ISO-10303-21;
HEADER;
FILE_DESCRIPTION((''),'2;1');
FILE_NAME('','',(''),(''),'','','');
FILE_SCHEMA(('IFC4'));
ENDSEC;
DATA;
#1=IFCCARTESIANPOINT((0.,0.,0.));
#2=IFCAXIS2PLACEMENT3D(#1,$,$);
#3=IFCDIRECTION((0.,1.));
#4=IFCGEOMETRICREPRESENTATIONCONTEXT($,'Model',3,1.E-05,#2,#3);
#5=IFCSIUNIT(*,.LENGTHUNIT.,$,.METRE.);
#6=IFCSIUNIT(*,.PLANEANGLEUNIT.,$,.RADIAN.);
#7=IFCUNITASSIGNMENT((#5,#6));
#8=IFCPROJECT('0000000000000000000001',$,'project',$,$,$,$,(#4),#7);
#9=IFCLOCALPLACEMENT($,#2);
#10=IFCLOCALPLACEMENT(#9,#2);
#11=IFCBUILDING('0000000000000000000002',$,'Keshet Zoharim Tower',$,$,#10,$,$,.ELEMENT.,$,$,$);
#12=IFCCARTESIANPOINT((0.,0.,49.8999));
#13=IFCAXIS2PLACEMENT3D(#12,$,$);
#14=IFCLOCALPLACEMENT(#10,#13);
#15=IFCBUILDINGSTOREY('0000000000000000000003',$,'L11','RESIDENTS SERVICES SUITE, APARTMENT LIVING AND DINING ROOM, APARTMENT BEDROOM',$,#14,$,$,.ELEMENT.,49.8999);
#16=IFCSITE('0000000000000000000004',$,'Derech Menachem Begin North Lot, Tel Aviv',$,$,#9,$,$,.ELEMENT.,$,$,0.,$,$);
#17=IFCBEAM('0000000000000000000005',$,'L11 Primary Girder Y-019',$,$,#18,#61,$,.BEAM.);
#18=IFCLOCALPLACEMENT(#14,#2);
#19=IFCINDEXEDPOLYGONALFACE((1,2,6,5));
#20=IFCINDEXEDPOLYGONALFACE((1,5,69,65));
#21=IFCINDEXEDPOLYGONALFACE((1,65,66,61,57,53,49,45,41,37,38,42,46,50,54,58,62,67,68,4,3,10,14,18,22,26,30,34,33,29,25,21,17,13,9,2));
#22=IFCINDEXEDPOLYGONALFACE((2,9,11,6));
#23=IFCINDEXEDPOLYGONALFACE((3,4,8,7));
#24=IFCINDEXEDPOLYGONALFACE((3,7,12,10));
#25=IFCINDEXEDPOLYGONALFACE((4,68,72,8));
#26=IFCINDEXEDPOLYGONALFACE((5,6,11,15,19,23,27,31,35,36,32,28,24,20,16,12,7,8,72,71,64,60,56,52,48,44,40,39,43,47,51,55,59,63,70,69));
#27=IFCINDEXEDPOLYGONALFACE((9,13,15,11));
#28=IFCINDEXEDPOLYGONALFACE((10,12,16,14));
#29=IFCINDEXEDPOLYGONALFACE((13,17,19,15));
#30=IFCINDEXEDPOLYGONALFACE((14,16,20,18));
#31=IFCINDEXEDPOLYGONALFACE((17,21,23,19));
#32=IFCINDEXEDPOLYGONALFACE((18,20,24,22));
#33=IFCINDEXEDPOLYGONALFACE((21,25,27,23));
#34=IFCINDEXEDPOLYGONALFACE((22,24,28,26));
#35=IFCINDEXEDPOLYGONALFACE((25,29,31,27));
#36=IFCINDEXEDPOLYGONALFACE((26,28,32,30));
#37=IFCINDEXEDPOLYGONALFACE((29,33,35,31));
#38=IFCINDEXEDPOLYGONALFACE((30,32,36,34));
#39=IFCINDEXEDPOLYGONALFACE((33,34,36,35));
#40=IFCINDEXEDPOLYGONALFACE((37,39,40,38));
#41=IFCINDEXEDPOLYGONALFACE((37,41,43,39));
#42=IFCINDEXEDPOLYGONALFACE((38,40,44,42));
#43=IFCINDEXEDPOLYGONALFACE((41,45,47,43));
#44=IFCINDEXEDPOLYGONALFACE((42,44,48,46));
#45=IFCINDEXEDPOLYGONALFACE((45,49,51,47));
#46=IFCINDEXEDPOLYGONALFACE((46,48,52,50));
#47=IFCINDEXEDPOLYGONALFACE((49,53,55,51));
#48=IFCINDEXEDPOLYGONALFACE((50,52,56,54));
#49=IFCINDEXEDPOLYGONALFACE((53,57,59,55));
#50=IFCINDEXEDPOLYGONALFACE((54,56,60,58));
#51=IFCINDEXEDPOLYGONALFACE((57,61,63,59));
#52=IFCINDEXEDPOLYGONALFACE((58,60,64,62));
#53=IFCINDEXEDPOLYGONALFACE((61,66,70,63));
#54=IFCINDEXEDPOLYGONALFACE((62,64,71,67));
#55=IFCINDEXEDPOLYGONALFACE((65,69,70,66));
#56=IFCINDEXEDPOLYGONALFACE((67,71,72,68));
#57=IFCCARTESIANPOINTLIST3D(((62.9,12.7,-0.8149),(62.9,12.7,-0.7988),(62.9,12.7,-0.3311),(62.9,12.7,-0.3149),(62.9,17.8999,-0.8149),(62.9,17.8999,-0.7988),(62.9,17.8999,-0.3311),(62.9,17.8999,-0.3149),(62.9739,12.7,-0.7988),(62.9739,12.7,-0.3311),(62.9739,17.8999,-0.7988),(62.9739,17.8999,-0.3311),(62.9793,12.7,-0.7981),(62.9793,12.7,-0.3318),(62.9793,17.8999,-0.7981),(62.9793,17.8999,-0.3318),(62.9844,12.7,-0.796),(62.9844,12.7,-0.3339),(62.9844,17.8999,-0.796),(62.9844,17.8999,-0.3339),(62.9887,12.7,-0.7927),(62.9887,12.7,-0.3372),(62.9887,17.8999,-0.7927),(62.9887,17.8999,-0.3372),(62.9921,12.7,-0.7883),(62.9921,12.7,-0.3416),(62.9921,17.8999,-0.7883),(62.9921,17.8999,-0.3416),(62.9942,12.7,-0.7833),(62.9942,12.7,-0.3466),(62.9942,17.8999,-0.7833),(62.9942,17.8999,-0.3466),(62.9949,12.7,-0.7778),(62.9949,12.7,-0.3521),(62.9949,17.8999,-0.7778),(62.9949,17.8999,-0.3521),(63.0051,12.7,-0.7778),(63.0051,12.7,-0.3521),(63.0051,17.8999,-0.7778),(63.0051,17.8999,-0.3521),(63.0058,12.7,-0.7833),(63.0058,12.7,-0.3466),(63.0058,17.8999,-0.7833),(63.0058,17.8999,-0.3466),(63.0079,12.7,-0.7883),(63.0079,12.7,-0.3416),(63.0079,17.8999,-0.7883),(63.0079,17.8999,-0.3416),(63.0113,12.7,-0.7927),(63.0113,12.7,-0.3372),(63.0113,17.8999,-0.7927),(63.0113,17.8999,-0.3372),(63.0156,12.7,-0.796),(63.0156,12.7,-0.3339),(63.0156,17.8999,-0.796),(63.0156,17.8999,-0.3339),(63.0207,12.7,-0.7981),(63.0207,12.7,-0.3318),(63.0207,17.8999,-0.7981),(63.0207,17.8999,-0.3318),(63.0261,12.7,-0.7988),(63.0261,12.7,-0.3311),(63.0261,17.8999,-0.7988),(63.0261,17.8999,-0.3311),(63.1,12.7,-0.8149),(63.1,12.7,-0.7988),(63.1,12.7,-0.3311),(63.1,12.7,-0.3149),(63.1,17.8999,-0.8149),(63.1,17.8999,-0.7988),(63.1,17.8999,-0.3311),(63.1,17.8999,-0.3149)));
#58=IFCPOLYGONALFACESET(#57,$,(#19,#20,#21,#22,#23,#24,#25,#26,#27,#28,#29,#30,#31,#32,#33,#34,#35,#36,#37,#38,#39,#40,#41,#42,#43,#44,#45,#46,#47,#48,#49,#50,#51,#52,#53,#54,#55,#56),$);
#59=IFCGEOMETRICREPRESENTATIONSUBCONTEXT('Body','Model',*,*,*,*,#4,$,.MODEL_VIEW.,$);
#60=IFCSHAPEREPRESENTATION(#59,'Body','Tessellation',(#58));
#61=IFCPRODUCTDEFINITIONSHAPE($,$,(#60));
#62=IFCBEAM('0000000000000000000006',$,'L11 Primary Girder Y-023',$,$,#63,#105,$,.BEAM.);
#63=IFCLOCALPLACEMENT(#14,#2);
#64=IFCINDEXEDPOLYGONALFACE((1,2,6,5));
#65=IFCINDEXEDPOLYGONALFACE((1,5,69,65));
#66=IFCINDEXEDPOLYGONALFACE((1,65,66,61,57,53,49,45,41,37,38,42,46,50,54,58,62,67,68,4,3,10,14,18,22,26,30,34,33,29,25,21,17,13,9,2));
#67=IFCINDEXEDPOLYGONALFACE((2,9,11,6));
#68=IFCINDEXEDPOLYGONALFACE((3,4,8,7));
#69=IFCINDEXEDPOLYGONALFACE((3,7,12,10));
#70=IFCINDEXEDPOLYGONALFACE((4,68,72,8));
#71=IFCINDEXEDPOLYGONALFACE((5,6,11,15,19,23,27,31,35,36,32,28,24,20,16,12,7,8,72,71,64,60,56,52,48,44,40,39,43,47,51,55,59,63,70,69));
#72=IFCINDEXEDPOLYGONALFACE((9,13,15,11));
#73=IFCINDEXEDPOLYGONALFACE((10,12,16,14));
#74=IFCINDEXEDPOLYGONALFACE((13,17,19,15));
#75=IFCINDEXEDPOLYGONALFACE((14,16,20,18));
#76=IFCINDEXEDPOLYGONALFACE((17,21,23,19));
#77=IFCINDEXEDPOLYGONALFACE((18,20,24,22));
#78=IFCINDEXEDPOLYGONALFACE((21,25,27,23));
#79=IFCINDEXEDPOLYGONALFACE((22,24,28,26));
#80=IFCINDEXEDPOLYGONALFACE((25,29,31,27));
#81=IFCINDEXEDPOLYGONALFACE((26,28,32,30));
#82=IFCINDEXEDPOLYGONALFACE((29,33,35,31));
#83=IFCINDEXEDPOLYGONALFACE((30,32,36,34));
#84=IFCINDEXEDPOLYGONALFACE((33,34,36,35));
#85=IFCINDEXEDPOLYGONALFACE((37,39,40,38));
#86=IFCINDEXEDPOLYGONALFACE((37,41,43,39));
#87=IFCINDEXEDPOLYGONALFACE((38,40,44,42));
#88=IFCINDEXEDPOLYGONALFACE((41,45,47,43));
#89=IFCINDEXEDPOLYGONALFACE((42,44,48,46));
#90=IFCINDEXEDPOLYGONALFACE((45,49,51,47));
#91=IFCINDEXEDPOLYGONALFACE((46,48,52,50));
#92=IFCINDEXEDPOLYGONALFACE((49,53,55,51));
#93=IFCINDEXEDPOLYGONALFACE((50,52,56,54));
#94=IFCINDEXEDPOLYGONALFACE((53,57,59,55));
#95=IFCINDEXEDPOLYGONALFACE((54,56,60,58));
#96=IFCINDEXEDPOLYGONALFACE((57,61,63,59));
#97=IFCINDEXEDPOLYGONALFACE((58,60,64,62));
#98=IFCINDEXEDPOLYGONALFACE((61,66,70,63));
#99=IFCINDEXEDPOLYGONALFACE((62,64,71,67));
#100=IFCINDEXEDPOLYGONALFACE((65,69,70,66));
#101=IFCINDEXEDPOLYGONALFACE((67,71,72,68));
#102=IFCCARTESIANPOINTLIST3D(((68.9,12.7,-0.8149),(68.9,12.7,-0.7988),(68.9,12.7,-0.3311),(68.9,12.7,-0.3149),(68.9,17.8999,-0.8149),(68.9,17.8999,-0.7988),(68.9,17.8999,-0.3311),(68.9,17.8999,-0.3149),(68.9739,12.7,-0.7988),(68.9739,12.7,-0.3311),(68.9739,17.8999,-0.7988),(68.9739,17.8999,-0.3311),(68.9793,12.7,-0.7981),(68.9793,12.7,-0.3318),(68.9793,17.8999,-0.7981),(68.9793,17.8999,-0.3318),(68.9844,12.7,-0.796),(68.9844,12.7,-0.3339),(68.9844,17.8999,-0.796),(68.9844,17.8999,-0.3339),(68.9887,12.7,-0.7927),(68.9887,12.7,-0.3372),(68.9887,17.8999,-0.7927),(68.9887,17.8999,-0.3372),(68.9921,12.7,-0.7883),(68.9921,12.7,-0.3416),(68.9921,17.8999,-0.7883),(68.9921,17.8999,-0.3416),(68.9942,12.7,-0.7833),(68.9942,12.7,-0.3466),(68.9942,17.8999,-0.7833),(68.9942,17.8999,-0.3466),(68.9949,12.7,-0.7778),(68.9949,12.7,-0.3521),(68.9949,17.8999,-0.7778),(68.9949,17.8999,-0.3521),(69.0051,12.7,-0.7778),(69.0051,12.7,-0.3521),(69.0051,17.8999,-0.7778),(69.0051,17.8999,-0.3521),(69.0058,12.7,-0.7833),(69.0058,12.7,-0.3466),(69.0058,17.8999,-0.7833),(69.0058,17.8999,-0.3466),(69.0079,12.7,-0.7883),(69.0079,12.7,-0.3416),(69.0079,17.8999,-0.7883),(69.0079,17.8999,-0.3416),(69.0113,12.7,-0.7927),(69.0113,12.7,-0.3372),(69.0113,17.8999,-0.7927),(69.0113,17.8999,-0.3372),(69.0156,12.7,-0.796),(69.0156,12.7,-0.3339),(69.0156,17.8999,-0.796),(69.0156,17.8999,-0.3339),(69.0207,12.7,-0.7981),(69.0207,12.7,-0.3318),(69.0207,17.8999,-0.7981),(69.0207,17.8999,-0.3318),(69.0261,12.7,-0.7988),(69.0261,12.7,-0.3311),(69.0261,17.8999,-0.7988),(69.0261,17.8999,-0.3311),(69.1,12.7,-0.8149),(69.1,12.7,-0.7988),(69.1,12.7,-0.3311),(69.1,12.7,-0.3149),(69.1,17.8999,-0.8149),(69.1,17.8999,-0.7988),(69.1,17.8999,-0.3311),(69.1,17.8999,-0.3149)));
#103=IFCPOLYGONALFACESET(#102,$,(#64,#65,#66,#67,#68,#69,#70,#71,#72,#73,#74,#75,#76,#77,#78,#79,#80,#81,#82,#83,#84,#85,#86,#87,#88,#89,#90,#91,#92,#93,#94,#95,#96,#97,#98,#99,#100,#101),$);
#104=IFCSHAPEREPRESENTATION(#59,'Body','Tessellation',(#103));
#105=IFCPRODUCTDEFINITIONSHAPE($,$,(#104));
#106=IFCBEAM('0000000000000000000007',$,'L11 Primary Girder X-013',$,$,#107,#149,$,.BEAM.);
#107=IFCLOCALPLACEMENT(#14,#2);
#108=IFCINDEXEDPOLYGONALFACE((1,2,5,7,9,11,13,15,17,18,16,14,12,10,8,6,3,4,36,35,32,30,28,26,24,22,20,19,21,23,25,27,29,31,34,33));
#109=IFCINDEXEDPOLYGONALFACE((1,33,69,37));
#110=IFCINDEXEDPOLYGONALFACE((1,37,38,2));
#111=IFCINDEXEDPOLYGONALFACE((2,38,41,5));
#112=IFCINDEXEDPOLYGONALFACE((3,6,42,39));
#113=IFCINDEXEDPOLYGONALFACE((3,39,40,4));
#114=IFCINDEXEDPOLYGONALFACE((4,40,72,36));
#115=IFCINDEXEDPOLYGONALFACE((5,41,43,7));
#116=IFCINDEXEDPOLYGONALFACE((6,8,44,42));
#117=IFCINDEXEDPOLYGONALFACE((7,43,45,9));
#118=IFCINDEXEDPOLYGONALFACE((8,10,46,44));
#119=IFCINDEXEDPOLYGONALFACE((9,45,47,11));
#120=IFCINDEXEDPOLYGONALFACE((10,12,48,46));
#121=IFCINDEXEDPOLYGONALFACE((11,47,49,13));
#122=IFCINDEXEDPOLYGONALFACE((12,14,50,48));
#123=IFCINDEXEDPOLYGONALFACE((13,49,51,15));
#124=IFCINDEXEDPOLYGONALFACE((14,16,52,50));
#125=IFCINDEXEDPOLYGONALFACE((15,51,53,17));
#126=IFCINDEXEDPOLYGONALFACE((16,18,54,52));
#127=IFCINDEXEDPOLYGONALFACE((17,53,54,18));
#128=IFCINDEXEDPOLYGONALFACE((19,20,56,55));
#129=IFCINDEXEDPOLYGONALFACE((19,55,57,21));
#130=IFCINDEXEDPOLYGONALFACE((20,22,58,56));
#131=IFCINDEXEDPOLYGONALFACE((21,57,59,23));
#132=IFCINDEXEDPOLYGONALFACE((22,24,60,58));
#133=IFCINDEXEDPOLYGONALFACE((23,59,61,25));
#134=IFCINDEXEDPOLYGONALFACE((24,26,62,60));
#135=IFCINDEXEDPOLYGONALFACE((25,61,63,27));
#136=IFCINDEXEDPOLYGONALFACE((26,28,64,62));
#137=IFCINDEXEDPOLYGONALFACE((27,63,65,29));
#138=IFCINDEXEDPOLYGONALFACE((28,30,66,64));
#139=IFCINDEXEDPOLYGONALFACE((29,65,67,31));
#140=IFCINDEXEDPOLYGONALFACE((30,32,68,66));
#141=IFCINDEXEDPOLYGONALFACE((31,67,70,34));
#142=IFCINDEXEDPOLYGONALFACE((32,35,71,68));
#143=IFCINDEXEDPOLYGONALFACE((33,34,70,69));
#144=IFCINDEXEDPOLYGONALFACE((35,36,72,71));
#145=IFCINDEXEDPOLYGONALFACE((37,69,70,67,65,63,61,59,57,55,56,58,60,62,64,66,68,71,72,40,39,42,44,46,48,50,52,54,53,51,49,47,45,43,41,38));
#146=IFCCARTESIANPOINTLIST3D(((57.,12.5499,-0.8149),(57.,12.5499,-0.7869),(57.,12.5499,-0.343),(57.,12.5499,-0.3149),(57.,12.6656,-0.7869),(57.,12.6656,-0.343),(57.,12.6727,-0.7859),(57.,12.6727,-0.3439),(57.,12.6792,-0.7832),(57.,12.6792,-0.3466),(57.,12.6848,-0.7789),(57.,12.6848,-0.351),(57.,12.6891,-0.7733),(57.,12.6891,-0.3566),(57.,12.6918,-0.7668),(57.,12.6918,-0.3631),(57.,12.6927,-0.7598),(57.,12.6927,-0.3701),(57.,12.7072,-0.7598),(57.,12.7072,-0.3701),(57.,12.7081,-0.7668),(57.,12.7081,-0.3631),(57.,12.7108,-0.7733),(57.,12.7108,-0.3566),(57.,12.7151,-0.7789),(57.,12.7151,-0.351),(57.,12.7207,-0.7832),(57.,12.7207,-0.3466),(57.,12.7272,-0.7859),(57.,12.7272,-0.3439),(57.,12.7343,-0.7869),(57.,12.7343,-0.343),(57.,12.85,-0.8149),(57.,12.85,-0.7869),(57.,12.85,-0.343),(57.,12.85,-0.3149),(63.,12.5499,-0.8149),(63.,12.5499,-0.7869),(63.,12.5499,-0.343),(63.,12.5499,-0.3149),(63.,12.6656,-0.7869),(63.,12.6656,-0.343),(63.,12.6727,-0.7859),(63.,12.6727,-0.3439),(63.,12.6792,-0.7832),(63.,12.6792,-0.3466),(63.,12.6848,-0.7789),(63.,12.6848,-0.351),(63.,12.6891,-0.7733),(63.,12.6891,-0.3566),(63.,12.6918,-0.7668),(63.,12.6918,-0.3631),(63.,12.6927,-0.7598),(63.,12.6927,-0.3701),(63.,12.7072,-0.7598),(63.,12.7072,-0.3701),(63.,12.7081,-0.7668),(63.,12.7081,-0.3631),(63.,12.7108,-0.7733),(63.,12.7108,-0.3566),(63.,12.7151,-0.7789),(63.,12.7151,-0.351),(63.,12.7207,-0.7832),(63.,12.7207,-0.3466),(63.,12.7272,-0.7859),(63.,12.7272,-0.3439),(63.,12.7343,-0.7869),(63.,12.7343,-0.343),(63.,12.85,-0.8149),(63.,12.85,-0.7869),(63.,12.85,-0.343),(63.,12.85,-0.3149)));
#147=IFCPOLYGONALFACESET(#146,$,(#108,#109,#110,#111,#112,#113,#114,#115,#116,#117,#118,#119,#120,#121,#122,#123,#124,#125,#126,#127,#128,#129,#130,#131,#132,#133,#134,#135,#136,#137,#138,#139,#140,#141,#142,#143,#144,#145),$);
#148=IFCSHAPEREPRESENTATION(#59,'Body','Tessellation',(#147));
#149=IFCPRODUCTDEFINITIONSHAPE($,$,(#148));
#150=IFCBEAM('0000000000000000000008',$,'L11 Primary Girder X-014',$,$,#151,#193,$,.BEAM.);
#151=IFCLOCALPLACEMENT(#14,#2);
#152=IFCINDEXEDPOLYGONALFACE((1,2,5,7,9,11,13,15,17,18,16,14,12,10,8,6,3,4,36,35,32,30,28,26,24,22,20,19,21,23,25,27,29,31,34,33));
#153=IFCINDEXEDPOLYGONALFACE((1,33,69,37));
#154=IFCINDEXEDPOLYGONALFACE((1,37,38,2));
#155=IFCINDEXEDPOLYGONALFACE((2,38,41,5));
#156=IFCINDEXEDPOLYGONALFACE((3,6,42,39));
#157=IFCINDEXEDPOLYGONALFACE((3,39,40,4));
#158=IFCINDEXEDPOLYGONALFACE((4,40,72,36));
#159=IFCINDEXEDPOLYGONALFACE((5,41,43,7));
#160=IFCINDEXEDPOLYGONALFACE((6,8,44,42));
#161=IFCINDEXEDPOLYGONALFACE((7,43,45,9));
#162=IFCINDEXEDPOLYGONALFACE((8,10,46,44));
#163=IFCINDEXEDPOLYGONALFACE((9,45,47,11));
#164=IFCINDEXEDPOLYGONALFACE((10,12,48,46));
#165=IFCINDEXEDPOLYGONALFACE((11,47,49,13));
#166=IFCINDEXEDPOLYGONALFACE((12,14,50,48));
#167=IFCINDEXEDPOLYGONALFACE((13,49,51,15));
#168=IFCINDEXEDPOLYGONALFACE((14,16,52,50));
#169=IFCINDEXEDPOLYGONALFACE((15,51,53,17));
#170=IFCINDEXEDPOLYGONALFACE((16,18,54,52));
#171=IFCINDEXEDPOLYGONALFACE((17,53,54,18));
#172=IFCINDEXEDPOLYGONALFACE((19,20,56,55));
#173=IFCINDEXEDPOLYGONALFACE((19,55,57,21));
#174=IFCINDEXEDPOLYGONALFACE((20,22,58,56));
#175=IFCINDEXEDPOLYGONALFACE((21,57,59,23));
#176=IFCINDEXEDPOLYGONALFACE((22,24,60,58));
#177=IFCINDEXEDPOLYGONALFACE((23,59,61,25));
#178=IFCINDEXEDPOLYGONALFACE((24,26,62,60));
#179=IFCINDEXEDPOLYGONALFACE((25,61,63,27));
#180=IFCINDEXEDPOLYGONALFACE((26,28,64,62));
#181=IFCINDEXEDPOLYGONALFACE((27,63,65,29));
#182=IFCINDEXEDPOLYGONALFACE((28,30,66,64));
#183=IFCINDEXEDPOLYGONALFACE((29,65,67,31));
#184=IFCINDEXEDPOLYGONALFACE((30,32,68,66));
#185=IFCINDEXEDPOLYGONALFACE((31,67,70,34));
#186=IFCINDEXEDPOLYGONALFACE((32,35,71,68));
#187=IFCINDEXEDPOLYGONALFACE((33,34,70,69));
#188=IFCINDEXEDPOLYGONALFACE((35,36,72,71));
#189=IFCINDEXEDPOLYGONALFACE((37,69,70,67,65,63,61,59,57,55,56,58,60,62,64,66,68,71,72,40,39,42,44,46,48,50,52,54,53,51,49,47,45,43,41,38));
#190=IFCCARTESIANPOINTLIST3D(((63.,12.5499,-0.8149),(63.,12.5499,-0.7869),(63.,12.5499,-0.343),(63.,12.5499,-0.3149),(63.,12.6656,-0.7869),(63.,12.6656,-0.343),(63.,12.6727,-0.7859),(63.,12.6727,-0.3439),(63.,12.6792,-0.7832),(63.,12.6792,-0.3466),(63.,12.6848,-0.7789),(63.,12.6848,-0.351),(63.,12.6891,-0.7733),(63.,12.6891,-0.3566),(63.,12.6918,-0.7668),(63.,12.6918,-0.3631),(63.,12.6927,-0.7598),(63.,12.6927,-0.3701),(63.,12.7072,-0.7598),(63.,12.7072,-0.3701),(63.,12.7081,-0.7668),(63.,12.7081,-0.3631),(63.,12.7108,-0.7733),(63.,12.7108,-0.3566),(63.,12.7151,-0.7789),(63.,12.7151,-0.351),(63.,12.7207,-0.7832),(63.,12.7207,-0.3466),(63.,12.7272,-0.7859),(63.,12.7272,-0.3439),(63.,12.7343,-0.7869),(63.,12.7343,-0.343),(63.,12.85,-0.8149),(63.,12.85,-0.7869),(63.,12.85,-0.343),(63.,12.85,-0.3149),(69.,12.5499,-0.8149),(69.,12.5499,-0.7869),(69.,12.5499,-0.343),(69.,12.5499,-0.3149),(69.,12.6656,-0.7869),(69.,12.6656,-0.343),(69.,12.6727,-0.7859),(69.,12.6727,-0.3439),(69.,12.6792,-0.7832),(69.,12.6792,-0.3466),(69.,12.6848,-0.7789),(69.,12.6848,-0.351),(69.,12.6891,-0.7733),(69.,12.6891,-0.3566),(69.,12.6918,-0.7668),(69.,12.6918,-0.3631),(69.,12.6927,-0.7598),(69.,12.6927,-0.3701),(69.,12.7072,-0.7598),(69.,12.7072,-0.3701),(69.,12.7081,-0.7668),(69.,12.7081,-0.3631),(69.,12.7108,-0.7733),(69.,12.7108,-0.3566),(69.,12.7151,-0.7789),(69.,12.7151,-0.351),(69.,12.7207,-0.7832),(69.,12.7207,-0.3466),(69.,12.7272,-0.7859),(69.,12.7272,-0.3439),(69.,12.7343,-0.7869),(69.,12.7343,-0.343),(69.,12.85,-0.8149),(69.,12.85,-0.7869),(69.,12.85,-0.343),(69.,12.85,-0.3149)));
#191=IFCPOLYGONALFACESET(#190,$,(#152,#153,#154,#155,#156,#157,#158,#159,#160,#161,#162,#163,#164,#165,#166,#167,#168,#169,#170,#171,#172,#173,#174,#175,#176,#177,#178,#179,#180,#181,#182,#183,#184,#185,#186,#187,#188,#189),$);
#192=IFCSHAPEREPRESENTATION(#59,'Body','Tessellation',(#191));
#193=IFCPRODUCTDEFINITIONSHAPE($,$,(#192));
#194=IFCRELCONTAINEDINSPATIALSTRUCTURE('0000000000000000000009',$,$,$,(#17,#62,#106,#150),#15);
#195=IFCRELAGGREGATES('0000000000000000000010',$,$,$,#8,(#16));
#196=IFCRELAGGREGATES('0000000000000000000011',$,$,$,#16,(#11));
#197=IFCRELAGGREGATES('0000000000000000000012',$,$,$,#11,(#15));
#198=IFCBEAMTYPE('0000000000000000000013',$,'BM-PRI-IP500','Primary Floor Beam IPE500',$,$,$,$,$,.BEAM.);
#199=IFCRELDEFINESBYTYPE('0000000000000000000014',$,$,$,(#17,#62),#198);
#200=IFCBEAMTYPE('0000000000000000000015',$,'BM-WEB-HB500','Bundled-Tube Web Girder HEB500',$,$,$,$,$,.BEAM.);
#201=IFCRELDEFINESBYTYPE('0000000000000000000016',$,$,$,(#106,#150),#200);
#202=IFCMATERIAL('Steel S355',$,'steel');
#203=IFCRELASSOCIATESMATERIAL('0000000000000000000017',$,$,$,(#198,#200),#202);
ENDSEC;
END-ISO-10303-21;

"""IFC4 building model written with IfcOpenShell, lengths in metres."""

from ifc_helpers import new_model, si_unit, direction, frame, origin, origin_2d, place, context, subcontext, project, spatial, i_section, extrude, material, material_profile, profile_set, type_object, element, save


model = new_model("IFC4")

# Units and contexts
model_context = context("Model", 3, precision=1e-05, world=origin(), true_north=direction((0.0, 1.0)))
body_context = subcontext(model_context, "Body", "Model", "MODEL_VIEW")
ifc_project = project(units=[si_unit("LENGTHUNIT", "METRE"), si_unit("PLANEANGLEUNIT", "RADIAN")], contexts=[model_context])

# Site, building, storey
site_placement = place(None, origin())
site = spatial("IfcSite", under=ifc_project, at=site_placement, Name="Derech Menachem Begin North Lot, Tel Aviv", CompositionType="ELEMENT", RefElevation=0.0)
building_placement = place(site_placement, origin())
building = spatial("IfcBuilding", under=site, at=building_placement, Name="Keshet Zoharim Tower", CompositionType="ELEMENT")
storey_placement = place(building_placement, frame((0.0, 0.0, 49.8999)))
storey = spatial("IfcBuildingStorey", under=building, at=storey_placement, Name="L11", Description="RESIDENTS SERVICES SUITE, APARTMENT LIVING AND DINING ROOM, APARTMENT BEDROOM", CompositionType="ELEMENT", Elevation=49.8999)

# Shared definitions
ifc_material_1 = material(Name="Steel S355", Category="steel")

# Beams
ifc_material_profile_1 = material_profile(ifc_material_1, i_section(OverallWidth=0.2, OverallDepth=0.5, WebThickness=0.0103, FlangeThickness=0.0161, FilletRadius=0.021, at=origin_2d()), Name="IPE500")
ifc_profile_set_1 = profile_set([ifc_material_profile_1], Name="Steel S355")
beam_type_1 = type_object("IfcBeamType", Name="BM-PRI-IP500", Description="Primary Floor Beam IPE500", PredefinedType="BEAM", material=ifc_profile_set_1)
for number, where, z_axis, x_axis, name in (
    (1, (63.0, 12.7, -0.5649), (0.0, 1.0, 0.0), (-1.0, 0.0, 0.0), "L11 Primary Girder Y-019"),
    (2, (69.0, 12.7, -0.5649), (0.0, 1.0, 0.0), (-1.0, 0.0, 0.0), "L11 Primary Girder Y-023"),
):
    element("IfcBeam", number, at=place(storey_placement, frame(where, z_axis=z_axis, x_axis=x_axis)), inside=storey, type_object=beam_type_1, Name=name, PredefinedType="BEAM", context=body_context, shape_type="SweptSolid", body=[
        extrude(i_section(OverallWidth=0.2, OverallDepth=0.5, WebThickness=0.0103, FlangeThickness=0.0161, FilletRadius=0.021, at=origin_2d()), origin(), (0.0, 0.0, 1.0), 5.2),
    ])
ifc_material_profile_2 = material_profile(ifc_material_1, i_section(OverallWidth=0.3, OverallDepth=0.5, WebThickness=0.0144, FlangeThickness=0.0281, FilletRadius=0.0271, at=origin_2d()), Name="HEB500")
ifc_profile_set_2 = profile_set([ifc_material_profile_2], Name="Steel S355")
beam_type_2 = type_object("IfcBeamType", Name="BM-WEB-HB500", Description="Bundled-Tube Web Girder HEB500", PredefinedType="BEAM", material=ifc_profile_set_2)
for number, where, z_axis, x_axis, name in (
    (3, (57.0, 12.7, -0.5649), (1.0, 0.0, 0.0), (0.0, 1.0, 0.0), "L11 Primary Girder X-013"),
    (4, (63.0, 12.7, -0.5649), (1.0, 0.0, 0.0), (0.0, 1.0, 0.0), "L11 Primary Girder X-014"),
):
    element("IfcBeam", number, at=place(storey_placement, frame(where, z_axis=z_axis, x_axis=x_axis)), inside=storey, type_object=beam_type_2, Name=name, PredefinedType="BEAM", context=body_context, shape_type="SweptSolid", body=[
        extrude(i_section(OverallWidth=0.3, OverallDepth=0.5, WebThickness=0.0144, FlangeThickness=0.0281, FilletRadius=0.0271, at=origin_2d()), origin(), (0.0, 0.0, 1.0), 6.0),
    ])

save(model, "model.ifc")
